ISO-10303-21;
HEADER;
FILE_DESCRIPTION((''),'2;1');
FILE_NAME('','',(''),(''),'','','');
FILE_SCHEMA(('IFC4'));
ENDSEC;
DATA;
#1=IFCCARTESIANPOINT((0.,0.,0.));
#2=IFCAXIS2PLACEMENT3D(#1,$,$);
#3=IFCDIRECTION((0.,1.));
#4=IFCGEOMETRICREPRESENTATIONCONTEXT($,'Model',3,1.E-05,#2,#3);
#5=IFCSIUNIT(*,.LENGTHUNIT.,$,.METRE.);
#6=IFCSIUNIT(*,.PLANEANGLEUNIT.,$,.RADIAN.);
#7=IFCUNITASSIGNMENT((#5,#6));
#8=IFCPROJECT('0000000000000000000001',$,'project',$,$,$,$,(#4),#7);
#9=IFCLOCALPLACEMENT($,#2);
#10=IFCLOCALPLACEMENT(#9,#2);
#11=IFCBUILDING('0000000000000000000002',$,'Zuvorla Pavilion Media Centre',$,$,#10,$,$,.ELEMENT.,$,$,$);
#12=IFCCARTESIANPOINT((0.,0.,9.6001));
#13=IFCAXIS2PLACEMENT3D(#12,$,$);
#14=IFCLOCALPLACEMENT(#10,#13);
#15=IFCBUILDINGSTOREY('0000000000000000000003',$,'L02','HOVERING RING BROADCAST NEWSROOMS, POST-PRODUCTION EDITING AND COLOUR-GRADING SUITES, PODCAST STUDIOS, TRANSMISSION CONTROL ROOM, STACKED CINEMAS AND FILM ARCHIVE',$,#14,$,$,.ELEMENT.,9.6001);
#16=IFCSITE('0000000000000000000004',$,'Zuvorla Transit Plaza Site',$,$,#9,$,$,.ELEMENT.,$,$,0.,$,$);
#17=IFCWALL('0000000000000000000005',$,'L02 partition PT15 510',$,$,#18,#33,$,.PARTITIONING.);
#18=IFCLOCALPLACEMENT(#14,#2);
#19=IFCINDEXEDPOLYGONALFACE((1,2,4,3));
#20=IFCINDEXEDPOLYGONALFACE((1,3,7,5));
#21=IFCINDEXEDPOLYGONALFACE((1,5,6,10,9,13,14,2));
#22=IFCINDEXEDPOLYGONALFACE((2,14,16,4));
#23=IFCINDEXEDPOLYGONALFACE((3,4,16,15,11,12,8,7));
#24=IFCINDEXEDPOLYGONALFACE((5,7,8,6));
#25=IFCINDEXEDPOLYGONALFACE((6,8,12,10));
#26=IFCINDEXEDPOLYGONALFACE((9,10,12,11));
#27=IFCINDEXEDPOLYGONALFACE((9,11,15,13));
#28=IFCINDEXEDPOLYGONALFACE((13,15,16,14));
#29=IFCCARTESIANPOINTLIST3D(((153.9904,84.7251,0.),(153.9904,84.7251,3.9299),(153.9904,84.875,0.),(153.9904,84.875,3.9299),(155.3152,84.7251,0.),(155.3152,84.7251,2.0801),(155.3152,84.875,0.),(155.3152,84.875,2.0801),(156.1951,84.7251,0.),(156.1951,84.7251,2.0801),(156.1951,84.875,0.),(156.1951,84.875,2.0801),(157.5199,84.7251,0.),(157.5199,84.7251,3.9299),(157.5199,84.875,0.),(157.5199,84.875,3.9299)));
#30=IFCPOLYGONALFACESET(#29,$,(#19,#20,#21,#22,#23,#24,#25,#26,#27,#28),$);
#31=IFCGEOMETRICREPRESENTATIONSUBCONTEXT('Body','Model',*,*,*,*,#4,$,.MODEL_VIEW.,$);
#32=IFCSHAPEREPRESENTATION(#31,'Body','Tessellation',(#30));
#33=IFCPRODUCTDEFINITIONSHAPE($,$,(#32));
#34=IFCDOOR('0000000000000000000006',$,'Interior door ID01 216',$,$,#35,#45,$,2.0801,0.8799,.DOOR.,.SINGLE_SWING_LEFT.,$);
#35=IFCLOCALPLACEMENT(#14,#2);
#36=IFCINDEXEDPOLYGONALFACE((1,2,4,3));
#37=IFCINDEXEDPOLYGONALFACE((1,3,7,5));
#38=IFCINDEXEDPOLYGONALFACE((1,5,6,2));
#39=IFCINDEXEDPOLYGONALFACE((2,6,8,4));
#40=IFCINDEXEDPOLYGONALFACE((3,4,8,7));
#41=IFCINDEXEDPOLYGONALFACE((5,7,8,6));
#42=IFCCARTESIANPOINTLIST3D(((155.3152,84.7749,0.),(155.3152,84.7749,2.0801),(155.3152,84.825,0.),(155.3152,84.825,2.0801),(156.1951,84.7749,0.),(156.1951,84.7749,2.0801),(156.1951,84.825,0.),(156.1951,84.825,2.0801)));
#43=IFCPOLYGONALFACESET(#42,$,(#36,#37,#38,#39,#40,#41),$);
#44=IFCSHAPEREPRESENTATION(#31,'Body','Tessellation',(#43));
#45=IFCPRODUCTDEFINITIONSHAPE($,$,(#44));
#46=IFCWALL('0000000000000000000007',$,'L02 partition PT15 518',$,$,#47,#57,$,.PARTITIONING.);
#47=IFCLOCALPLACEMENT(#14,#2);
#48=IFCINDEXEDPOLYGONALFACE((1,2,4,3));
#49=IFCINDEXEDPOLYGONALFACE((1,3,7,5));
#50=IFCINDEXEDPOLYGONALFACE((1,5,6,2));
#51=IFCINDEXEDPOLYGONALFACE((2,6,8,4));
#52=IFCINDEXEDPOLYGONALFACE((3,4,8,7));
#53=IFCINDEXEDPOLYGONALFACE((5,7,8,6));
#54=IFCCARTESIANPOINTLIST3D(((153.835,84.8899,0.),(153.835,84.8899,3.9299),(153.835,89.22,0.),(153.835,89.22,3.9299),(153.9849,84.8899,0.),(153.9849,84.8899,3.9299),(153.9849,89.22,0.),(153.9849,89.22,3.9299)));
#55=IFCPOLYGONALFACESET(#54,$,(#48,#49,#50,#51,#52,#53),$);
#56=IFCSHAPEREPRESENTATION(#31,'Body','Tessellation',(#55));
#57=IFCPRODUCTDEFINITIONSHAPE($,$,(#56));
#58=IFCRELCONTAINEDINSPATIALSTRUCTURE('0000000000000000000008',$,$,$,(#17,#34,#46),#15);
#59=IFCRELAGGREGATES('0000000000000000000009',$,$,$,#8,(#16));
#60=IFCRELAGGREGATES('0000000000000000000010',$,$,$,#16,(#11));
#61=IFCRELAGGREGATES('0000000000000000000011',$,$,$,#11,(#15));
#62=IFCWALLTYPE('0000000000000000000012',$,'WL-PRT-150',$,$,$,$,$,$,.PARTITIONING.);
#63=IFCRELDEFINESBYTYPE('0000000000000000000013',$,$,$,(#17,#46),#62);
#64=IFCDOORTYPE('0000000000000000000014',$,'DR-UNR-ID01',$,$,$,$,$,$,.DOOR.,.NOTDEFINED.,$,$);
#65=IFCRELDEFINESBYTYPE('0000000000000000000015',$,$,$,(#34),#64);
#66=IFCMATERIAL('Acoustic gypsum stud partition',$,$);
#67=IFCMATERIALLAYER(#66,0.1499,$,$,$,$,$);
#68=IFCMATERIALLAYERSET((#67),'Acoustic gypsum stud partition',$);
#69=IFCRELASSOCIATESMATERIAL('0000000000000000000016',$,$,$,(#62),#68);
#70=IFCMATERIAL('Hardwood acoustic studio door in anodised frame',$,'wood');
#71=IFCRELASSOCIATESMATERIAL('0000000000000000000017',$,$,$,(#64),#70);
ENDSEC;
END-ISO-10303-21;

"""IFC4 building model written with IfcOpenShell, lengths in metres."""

from ifc_helpers import new_model, si_unit, direction, frame, frame_2d, origin, place, context, subcontext, project, spatial, rectangle, extrude, material, layer, layer_set, type_object, element, fill, save


model = new_model("IFC4")

# Units and contexts
model_context = context("Model", 3, precision=1e-05, world=origin(), true_north=direction((0.0, 1.0)))
body_context = subcontext(model_context, "Body", "Model", "MODEL_VIEW")
ifc_project = project(units=[si_unit("LENGTHUNIT", "METRE"), si_unit("PLANEANGLEUNIT", "RADIAN")], contexts=[model_context])

# Site, building, storey
site_placement = place(None, origin())
site = spatial("IfcSite", under=ifc_project, at=site_placement, Name="Zuvorla Transit Plaza Site", CompositionType="ELEMENT", RefElevation=0.0)
building_placement = place(site_placement, origin())
building = spatial("IfcBuilding", under=site, at=building_placement, Name="Zuvorla Pavilion Media Centre", CompositionType="ELEMENT")
storey_placement = place(building_placement, frame((0.0, 0.0, 9.6001)))
storey = spatial("IfcBuildingStorey", under=building, at=storey_placement, Name="L02", Description="HOVERING RING BROADCAST NEWSROOMS, POST-PRODUCTION EDITING AND COLOUR-GRADING SUITES, PODCAST STUDIOS, TRANSMISSION CONTROL ROOM, STACKED CINEMAS AND FILM ARCHIVE", CompositionType="ELEMENT", Elevation=9.6001)

# Wall, opening, door
ifc_material_1 = material(Name="Acoustic gypsum stud partition")
ifc_layer_1 = layer(ifc_material_1, 0.1499)
ifc_layer_set_1 = layer_set([ifc_layer_1], Name="Acoustic gypsum stud partition")
wall_type = type_object("IfcWallType", Name="WL-PRT-150", PredefinedType="PARTITIONING", material=ifc_layer_set_1)
wall_1_placement = place(storey_placement, frame((153.9905, 84.8, 0.0), z_axis=(0.0, 0.0, 1.0), x_axis=(1.0, 0.0, 0.0)))
wall_1 = element("IfcWall", 1, at=wall_1_placement, inside=storey, type_object=wall_type, Name="L02 partition PT15 510", PredefinedType="PARTITIONING", context=body_context, shape_type="SweptSolid", body=[
    extrude(rectangle(XDim=3.5295, YDim=0.1499, at=frame_2d((1.7646, 0.0))), origin(), (0.0, 0.0, 1.0), 3.9299),
])
opening_placement = place(wall_1_placement, frame((1.3247, 0.0, 0.0)))
opening = element("IfcOpeningElement", 2, at=opening_placement, cuts=wall_1, PredefinedType="OPENING", context=body_context, shape_type="SweptSolid", body=[
    extrude(rectangle(XDim=0.8799, YDim=2.0801, at=frame_2d((0.4399, 1.04))), frame((0.0, 0.085, 0.0), z_axis=(0.0, -1.0, 0.0), x_axis=(1.0, 0.0, 0.0)), (0.0, 0.0, 1.0), 0.1699),
])
ifc_material_2 = material(Name="Hardwood acoustic studio door in anodised frame", Category="wood")
door_type = type_object("IfcDoorType", Name="DR-UNR-ID01", OperationType="NOTDEFINED", PredefinedType="DOOR", material=ifc_material_2)
door_placement = place(opening_placement, origin())
door = element("IfcDoor", 3, at=door_placement, inside=storey, type_object=door_type, Name="Interior door ID01 216", OperationType="SINGLE_SWING_LEFT", OverallHeight=2.0801, OverallWidth=0.8799, PredefinedType="DOOR", context=body_context, shape_type="SweptSolid", body=[
    extrude(rectangle(XDim=0.8799, YDim=2.0801, at=frame_2d((0.4399, 1.04))), frame((0.0, 0.0249, 0.0), z_axis=(0.0, -1.0, 0.0), x_axis=(1.0, 0.0, 0.0)), (0.0, 0.0, 1.0), 0.05),
])
fill(opening, door)

# Wall
wall_2_placement = place(storey_placement, frame((153.9099, 89.22, 0.0), z_axis=(0.0, 0.0, 1.0), x_axis=(0.0, -1.0, 0.0)))
element("IfcWall", 4, at=wall_2_placement, inside=storey, type_object=wall_type, Name="L02 partition PT15 518", PredefinedType="PARTITIONING", context=body_context, shape_type="SweptSolid", body=[
    extrude(rectangle(XDim=4.3301, YDim=0.1499, at=frame_2d((2.165, 0.0))), origin(), (0.0, 0.0, 1.0), 3.9299),
])

save(model, "model.ifc")
